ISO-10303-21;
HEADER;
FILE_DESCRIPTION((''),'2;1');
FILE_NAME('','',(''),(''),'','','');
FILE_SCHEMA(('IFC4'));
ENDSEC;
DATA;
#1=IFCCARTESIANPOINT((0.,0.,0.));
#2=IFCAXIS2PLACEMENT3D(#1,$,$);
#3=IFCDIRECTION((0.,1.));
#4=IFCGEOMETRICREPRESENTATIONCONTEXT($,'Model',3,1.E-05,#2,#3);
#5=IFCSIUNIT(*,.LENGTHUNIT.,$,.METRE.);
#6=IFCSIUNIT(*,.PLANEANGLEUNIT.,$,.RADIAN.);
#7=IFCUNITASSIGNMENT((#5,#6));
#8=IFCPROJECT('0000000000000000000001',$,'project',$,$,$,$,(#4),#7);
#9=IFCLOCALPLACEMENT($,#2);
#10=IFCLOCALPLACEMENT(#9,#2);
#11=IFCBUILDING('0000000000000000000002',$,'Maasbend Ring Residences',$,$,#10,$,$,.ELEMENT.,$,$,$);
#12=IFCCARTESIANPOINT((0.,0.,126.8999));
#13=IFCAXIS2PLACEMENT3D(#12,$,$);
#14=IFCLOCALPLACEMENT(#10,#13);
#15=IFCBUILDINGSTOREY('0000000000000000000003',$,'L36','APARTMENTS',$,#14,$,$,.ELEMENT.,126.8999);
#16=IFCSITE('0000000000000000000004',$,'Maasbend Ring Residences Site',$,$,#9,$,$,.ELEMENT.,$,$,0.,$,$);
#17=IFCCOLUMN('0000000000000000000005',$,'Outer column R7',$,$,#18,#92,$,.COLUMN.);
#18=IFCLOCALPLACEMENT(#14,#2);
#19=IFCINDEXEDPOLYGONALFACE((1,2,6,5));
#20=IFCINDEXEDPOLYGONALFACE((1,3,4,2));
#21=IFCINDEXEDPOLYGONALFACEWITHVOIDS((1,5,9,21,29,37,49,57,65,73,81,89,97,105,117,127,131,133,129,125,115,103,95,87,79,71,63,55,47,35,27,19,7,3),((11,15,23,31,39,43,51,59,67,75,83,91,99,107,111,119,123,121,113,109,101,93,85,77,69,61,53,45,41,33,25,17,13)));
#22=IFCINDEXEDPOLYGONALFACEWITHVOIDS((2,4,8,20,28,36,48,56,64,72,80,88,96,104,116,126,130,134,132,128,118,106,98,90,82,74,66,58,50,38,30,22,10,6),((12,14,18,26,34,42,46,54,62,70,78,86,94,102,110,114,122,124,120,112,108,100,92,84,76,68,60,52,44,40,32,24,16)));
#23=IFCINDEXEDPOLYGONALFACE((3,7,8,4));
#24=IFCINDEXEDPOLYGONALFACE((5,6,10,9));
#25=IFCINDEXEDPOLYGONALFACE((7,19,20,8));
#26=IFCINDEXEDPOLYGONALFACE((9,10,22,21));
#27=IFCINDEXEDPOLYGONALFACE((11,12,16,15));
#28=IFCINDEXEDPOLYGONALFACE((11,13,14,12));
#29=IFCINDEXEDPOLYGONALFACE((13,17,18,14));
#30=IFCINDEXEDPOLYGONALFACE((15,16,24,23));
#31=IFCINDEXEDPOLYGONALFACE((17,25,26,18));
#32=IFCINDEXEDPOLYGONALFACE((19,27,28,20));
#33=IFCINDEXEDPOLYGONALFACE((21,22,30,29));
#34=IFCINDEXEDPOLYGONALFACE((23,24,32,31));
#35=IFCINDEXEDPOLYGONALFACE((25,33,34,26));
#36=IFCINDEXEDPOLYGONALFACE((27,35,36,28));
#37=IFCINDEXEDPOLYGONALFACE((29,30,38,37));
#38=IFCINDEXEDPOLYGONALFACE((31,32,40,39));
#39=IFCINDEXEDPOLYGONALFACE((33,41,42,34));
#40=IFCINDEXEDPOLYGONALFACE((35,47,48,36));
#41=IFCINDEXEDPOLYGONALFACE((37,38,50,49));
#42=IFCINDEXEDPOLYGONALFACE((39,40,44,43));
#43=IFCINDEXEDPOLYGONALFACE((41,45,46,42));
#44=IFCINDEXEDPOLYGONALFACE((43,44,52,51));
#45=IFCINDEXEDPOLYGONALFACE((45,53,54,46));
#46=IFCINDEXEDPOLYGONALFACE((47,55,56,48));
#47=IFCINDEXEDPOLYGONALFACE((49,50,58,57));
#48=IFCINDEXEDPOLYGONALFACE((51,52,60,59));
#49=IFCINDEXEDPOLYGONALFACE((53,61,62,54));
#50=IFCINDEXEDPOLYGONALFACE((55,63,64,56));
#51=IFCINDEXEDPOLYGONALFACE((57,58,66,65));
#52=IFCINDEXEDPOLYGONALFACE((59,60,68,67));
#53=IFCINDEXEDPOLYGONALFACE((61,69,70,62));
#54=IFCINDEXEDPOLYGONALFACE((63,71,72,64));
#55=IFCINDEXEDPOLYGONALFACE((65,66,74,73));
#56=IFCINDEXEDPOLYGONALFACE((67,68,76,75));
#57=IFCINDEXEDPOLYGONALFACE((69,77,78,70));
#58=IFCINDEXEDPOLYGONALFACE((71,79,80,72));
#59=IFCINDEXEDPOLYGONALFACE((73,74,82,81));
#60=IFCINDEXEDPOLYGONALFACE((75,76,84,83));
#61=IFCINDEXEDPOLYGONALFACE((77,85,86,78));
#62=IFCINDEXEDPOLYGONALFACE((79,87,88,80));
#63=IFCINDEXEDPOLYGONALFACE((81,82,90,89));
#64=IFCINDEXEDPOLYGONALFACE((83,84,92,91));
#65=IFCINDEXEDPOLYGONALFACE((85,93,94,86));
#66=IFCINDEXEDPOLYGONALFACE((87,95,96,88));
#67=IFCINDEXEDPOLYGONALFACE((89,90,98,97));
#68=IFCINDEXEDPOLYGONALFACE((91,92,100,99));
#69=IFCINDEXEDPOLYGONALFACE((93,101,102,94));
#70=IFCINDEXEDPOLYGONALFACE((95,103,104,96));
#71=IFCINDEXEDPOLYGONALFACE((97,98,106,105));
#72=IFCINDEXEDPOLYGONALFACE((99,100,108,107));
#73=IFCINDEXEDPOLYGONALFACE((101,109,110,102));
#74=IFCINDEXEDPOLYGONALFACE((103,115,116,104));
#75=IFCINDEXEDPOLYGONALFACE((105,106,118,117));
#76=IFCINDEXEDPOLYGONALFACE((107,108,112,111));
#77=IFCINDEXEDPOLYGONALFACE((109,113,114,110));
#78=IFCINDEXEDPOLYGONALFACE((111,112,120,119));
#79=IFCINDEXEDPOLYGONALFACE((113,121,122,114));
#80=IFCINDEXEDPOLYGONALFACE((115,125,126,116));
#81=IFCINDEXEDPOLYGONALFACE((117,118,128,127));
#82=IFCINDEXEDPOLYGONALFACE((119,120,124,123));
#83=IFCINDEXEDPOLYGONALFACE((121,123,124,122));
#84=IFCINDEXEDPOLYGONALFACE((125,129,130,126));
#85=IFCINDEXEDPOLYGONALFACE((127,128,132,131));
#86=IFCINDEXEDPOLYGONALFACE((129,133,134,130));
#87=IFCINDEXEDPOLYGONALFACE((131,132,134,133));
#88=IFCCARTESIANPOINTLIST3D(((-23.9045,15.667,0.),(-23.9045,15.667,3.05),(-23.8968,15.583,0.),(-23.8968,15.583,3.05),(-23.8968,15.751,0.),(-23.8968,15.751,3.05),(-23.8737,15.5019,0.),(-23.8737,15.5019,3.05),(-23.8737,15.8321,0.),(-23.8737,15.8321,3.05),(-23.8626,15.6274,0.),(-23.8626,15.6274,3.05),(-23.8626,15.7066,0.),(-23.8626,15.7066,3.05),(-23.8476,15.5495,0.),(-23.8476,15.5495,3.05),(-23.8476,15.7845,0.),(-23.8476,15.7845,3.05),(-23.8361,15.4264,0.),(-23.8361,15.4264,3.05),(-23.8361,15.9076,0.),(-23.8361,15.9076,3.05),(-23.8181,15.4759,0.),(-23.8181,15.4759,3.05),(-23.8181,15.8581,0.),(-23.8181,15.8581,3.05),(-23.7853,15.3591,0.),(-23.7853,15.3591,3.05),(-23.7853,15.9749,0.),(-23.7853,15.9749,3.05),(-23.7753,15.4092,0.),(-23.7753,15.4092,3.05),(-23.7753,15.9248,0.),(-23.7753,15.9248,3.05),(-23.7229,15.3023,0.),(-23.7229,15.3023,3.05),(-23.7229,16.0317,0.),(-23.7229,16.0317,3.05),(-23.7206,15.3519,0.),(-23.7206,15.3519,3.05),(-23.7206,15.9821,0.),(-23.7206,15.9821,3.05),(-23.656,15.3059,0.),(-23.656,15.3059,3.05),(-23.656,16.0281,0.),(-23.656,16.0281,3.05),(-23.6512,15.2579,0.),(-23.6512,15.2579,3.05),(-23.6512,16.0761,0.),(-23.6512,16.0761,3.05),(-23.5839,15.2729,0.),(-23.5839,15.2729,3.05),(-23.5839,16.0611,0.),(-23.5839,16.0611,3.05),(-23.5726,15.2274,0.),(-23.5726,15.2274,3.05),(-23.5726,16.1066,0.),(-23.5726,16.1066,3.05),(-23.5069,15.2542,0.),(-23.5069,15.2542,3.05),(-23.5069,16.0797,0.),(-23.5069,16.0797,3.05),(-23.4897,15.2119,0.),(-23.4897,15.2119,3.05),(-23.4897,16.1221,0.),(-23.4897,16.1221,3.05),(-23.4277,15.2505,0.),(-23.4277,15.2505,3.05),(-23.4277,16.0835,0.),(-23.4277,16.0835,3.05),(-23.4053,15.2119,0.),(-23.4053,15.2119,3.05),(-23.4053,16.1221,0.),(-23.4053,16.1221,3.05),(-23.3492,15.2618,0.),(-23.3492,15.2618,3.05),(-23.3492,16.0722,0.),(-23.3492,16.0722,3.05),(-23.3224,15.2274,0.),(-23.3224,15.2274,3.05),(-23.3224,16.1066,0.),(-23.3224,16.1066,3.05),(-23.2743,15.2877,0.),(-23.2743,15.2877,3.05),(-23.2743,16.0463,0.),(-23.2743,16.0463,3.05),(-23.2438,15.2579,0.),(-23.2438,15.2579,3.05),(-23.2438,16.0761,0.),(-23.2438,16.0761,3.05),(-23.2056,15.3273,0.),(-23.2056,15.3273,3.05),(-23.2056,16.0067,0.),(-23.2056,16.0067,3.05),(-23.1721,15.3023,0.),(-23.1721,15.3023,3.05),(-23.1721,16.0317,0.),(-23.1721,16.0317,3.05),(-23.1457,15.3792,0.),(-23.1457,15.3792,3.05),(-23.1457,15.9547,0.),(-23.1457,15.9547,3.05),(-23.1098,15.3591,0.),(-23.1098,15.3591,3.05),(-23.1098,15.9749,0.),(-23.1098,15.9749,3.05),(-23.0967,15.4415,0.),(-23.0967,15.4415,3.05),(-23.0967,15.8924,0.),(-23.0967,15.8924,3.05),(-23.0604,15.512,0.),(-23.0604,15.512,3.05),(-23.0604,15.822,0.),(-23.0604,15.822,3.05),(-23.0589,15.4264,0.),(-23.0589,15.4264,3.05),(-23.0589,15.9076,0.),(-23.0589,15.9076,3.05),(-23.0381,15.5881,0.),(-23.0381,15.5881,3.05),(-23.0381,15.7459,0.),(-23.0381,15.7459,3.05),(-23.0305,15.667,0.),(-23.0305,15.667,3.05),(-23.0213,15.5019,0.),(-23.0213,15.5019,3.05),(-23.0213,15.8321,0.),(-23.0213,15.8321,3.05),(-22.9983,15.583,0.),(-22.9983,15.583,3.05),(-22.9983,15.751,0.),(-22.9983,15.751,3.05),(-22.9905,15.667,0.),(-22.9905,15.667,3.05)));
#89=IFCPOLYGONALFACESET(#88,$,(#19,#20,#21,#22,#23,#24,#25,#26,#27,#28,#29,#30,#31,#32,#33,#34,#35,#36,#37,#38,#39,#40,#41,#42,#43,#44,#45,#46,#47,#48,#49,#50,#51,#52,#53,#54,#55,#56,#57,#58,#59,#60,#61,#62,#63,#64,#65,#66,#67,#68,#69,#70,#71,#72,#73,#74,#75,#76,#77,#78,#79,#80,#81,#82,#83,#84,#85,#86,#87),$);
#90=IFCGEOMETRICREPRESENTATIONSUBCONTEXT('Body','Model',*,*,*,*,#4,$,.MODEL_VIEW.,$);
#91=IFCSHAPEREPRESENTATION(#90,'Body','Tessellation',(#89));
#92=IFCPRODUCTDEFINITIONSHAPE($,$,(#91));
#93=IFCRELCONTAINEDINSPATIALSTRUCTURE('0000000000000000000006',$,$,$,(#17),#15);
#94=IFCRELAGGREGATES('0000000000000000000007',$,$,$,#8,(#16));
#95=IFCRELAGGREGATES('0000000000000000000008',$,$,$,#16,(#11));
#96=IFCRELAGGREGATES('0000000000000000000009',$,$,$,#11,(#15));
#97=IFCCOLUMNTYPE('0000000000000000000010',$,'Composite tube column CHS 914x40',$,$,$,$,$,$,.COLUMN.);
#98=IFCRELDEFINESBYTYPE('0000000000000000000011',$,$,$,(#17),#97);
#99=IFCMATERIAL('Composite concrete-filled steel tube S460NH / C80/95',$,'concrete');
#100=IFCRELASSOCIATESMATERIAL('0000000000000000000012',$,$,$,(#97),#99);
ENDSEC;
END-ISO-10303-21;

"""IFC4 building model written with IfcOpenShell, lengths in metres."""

from ifc_helpers import new_model, si_unit, direction, frame, origin, origin_2d, place, context, subcontext, project, spatial, hollow_circle, extrude, material, material_profile, profile_set, type_object, element, save


model = new_model("IFC4")

# Units and contexts
model_context = context("Model", 3, precision=1e-05, world=origin(), true_north=direction((0.0, 1.0)))
body_context = subcontext(model_context, "Body", "Model", "MODEL_VIEW")
ifc_project = project(units=[si_unit("LENGTHUNIT", "METRE"), si_unit("PLANEANGLEUNIT", "RADIAN")], contexts=[model_context])

# Site, building, storey
site_placement = place(None, origin())
site = spatial("IfcSite", under=ifc_project, at=site_placement, Name="Maasbend Ring Residences Site", CompositionType="ELEMENT", RefElevation=0.0)
building_placement = place(site_placement, origin())
building = spatial("IfcBuilding", under=site, at=building_placement, Name="Maasbend Ring Residences", CompositionType="ELEMENT")
storey_placement = place(building_placement, frame((0.0, 0.0, 126.8999)))
storey = spatial("IfcBuildingStorey", under=building, at=storey_placement, Name="L36", Description="APARTMENTS", CompositionType="ELEMENT", Elevation=126.8999)

# Column
ifc_material_1 = material(Name="Composite concrete-filled steel tube S460NH / C80/95", Category="concrete")
ifc_material_profile = material_profile(ifc_material_1, hollow_circle(Radius=0.457, WallThickness=0.04, at=origin_2d()), Name="Composite tube column CHS 914x40")
ifc_profile_set = profile_set([ifc_material_profile], Name="Composite concrete-filled steel tube S460NH / C80/95")
column_type = type_object("IfcColumnType", Name="Composite tube column CHS 914x40", PredefinedType="COLUMN", material=ifc_profile_set)
column_placement = place(storey_placement, frame((-23.4475, 15.667, 0.0), z_axis=(0.0, 0.0, 1.0), x_axis=(1.0, 0.0, 0.0)))
element("IfcColumn", 1, at=column_placement, inside=storey, type_object=column_type, Name="Outer column R7", PredefinedType="COLUMN", context=body_context, shape_type="SweptSolid", body=[
    extrude(hollow_circle(Radius=0.457, WallThickness=0.04, at=origin_2d()), origin(), (0.0, 0.0, 1.0), 3.05),
])

save(model, "model.ifc")
